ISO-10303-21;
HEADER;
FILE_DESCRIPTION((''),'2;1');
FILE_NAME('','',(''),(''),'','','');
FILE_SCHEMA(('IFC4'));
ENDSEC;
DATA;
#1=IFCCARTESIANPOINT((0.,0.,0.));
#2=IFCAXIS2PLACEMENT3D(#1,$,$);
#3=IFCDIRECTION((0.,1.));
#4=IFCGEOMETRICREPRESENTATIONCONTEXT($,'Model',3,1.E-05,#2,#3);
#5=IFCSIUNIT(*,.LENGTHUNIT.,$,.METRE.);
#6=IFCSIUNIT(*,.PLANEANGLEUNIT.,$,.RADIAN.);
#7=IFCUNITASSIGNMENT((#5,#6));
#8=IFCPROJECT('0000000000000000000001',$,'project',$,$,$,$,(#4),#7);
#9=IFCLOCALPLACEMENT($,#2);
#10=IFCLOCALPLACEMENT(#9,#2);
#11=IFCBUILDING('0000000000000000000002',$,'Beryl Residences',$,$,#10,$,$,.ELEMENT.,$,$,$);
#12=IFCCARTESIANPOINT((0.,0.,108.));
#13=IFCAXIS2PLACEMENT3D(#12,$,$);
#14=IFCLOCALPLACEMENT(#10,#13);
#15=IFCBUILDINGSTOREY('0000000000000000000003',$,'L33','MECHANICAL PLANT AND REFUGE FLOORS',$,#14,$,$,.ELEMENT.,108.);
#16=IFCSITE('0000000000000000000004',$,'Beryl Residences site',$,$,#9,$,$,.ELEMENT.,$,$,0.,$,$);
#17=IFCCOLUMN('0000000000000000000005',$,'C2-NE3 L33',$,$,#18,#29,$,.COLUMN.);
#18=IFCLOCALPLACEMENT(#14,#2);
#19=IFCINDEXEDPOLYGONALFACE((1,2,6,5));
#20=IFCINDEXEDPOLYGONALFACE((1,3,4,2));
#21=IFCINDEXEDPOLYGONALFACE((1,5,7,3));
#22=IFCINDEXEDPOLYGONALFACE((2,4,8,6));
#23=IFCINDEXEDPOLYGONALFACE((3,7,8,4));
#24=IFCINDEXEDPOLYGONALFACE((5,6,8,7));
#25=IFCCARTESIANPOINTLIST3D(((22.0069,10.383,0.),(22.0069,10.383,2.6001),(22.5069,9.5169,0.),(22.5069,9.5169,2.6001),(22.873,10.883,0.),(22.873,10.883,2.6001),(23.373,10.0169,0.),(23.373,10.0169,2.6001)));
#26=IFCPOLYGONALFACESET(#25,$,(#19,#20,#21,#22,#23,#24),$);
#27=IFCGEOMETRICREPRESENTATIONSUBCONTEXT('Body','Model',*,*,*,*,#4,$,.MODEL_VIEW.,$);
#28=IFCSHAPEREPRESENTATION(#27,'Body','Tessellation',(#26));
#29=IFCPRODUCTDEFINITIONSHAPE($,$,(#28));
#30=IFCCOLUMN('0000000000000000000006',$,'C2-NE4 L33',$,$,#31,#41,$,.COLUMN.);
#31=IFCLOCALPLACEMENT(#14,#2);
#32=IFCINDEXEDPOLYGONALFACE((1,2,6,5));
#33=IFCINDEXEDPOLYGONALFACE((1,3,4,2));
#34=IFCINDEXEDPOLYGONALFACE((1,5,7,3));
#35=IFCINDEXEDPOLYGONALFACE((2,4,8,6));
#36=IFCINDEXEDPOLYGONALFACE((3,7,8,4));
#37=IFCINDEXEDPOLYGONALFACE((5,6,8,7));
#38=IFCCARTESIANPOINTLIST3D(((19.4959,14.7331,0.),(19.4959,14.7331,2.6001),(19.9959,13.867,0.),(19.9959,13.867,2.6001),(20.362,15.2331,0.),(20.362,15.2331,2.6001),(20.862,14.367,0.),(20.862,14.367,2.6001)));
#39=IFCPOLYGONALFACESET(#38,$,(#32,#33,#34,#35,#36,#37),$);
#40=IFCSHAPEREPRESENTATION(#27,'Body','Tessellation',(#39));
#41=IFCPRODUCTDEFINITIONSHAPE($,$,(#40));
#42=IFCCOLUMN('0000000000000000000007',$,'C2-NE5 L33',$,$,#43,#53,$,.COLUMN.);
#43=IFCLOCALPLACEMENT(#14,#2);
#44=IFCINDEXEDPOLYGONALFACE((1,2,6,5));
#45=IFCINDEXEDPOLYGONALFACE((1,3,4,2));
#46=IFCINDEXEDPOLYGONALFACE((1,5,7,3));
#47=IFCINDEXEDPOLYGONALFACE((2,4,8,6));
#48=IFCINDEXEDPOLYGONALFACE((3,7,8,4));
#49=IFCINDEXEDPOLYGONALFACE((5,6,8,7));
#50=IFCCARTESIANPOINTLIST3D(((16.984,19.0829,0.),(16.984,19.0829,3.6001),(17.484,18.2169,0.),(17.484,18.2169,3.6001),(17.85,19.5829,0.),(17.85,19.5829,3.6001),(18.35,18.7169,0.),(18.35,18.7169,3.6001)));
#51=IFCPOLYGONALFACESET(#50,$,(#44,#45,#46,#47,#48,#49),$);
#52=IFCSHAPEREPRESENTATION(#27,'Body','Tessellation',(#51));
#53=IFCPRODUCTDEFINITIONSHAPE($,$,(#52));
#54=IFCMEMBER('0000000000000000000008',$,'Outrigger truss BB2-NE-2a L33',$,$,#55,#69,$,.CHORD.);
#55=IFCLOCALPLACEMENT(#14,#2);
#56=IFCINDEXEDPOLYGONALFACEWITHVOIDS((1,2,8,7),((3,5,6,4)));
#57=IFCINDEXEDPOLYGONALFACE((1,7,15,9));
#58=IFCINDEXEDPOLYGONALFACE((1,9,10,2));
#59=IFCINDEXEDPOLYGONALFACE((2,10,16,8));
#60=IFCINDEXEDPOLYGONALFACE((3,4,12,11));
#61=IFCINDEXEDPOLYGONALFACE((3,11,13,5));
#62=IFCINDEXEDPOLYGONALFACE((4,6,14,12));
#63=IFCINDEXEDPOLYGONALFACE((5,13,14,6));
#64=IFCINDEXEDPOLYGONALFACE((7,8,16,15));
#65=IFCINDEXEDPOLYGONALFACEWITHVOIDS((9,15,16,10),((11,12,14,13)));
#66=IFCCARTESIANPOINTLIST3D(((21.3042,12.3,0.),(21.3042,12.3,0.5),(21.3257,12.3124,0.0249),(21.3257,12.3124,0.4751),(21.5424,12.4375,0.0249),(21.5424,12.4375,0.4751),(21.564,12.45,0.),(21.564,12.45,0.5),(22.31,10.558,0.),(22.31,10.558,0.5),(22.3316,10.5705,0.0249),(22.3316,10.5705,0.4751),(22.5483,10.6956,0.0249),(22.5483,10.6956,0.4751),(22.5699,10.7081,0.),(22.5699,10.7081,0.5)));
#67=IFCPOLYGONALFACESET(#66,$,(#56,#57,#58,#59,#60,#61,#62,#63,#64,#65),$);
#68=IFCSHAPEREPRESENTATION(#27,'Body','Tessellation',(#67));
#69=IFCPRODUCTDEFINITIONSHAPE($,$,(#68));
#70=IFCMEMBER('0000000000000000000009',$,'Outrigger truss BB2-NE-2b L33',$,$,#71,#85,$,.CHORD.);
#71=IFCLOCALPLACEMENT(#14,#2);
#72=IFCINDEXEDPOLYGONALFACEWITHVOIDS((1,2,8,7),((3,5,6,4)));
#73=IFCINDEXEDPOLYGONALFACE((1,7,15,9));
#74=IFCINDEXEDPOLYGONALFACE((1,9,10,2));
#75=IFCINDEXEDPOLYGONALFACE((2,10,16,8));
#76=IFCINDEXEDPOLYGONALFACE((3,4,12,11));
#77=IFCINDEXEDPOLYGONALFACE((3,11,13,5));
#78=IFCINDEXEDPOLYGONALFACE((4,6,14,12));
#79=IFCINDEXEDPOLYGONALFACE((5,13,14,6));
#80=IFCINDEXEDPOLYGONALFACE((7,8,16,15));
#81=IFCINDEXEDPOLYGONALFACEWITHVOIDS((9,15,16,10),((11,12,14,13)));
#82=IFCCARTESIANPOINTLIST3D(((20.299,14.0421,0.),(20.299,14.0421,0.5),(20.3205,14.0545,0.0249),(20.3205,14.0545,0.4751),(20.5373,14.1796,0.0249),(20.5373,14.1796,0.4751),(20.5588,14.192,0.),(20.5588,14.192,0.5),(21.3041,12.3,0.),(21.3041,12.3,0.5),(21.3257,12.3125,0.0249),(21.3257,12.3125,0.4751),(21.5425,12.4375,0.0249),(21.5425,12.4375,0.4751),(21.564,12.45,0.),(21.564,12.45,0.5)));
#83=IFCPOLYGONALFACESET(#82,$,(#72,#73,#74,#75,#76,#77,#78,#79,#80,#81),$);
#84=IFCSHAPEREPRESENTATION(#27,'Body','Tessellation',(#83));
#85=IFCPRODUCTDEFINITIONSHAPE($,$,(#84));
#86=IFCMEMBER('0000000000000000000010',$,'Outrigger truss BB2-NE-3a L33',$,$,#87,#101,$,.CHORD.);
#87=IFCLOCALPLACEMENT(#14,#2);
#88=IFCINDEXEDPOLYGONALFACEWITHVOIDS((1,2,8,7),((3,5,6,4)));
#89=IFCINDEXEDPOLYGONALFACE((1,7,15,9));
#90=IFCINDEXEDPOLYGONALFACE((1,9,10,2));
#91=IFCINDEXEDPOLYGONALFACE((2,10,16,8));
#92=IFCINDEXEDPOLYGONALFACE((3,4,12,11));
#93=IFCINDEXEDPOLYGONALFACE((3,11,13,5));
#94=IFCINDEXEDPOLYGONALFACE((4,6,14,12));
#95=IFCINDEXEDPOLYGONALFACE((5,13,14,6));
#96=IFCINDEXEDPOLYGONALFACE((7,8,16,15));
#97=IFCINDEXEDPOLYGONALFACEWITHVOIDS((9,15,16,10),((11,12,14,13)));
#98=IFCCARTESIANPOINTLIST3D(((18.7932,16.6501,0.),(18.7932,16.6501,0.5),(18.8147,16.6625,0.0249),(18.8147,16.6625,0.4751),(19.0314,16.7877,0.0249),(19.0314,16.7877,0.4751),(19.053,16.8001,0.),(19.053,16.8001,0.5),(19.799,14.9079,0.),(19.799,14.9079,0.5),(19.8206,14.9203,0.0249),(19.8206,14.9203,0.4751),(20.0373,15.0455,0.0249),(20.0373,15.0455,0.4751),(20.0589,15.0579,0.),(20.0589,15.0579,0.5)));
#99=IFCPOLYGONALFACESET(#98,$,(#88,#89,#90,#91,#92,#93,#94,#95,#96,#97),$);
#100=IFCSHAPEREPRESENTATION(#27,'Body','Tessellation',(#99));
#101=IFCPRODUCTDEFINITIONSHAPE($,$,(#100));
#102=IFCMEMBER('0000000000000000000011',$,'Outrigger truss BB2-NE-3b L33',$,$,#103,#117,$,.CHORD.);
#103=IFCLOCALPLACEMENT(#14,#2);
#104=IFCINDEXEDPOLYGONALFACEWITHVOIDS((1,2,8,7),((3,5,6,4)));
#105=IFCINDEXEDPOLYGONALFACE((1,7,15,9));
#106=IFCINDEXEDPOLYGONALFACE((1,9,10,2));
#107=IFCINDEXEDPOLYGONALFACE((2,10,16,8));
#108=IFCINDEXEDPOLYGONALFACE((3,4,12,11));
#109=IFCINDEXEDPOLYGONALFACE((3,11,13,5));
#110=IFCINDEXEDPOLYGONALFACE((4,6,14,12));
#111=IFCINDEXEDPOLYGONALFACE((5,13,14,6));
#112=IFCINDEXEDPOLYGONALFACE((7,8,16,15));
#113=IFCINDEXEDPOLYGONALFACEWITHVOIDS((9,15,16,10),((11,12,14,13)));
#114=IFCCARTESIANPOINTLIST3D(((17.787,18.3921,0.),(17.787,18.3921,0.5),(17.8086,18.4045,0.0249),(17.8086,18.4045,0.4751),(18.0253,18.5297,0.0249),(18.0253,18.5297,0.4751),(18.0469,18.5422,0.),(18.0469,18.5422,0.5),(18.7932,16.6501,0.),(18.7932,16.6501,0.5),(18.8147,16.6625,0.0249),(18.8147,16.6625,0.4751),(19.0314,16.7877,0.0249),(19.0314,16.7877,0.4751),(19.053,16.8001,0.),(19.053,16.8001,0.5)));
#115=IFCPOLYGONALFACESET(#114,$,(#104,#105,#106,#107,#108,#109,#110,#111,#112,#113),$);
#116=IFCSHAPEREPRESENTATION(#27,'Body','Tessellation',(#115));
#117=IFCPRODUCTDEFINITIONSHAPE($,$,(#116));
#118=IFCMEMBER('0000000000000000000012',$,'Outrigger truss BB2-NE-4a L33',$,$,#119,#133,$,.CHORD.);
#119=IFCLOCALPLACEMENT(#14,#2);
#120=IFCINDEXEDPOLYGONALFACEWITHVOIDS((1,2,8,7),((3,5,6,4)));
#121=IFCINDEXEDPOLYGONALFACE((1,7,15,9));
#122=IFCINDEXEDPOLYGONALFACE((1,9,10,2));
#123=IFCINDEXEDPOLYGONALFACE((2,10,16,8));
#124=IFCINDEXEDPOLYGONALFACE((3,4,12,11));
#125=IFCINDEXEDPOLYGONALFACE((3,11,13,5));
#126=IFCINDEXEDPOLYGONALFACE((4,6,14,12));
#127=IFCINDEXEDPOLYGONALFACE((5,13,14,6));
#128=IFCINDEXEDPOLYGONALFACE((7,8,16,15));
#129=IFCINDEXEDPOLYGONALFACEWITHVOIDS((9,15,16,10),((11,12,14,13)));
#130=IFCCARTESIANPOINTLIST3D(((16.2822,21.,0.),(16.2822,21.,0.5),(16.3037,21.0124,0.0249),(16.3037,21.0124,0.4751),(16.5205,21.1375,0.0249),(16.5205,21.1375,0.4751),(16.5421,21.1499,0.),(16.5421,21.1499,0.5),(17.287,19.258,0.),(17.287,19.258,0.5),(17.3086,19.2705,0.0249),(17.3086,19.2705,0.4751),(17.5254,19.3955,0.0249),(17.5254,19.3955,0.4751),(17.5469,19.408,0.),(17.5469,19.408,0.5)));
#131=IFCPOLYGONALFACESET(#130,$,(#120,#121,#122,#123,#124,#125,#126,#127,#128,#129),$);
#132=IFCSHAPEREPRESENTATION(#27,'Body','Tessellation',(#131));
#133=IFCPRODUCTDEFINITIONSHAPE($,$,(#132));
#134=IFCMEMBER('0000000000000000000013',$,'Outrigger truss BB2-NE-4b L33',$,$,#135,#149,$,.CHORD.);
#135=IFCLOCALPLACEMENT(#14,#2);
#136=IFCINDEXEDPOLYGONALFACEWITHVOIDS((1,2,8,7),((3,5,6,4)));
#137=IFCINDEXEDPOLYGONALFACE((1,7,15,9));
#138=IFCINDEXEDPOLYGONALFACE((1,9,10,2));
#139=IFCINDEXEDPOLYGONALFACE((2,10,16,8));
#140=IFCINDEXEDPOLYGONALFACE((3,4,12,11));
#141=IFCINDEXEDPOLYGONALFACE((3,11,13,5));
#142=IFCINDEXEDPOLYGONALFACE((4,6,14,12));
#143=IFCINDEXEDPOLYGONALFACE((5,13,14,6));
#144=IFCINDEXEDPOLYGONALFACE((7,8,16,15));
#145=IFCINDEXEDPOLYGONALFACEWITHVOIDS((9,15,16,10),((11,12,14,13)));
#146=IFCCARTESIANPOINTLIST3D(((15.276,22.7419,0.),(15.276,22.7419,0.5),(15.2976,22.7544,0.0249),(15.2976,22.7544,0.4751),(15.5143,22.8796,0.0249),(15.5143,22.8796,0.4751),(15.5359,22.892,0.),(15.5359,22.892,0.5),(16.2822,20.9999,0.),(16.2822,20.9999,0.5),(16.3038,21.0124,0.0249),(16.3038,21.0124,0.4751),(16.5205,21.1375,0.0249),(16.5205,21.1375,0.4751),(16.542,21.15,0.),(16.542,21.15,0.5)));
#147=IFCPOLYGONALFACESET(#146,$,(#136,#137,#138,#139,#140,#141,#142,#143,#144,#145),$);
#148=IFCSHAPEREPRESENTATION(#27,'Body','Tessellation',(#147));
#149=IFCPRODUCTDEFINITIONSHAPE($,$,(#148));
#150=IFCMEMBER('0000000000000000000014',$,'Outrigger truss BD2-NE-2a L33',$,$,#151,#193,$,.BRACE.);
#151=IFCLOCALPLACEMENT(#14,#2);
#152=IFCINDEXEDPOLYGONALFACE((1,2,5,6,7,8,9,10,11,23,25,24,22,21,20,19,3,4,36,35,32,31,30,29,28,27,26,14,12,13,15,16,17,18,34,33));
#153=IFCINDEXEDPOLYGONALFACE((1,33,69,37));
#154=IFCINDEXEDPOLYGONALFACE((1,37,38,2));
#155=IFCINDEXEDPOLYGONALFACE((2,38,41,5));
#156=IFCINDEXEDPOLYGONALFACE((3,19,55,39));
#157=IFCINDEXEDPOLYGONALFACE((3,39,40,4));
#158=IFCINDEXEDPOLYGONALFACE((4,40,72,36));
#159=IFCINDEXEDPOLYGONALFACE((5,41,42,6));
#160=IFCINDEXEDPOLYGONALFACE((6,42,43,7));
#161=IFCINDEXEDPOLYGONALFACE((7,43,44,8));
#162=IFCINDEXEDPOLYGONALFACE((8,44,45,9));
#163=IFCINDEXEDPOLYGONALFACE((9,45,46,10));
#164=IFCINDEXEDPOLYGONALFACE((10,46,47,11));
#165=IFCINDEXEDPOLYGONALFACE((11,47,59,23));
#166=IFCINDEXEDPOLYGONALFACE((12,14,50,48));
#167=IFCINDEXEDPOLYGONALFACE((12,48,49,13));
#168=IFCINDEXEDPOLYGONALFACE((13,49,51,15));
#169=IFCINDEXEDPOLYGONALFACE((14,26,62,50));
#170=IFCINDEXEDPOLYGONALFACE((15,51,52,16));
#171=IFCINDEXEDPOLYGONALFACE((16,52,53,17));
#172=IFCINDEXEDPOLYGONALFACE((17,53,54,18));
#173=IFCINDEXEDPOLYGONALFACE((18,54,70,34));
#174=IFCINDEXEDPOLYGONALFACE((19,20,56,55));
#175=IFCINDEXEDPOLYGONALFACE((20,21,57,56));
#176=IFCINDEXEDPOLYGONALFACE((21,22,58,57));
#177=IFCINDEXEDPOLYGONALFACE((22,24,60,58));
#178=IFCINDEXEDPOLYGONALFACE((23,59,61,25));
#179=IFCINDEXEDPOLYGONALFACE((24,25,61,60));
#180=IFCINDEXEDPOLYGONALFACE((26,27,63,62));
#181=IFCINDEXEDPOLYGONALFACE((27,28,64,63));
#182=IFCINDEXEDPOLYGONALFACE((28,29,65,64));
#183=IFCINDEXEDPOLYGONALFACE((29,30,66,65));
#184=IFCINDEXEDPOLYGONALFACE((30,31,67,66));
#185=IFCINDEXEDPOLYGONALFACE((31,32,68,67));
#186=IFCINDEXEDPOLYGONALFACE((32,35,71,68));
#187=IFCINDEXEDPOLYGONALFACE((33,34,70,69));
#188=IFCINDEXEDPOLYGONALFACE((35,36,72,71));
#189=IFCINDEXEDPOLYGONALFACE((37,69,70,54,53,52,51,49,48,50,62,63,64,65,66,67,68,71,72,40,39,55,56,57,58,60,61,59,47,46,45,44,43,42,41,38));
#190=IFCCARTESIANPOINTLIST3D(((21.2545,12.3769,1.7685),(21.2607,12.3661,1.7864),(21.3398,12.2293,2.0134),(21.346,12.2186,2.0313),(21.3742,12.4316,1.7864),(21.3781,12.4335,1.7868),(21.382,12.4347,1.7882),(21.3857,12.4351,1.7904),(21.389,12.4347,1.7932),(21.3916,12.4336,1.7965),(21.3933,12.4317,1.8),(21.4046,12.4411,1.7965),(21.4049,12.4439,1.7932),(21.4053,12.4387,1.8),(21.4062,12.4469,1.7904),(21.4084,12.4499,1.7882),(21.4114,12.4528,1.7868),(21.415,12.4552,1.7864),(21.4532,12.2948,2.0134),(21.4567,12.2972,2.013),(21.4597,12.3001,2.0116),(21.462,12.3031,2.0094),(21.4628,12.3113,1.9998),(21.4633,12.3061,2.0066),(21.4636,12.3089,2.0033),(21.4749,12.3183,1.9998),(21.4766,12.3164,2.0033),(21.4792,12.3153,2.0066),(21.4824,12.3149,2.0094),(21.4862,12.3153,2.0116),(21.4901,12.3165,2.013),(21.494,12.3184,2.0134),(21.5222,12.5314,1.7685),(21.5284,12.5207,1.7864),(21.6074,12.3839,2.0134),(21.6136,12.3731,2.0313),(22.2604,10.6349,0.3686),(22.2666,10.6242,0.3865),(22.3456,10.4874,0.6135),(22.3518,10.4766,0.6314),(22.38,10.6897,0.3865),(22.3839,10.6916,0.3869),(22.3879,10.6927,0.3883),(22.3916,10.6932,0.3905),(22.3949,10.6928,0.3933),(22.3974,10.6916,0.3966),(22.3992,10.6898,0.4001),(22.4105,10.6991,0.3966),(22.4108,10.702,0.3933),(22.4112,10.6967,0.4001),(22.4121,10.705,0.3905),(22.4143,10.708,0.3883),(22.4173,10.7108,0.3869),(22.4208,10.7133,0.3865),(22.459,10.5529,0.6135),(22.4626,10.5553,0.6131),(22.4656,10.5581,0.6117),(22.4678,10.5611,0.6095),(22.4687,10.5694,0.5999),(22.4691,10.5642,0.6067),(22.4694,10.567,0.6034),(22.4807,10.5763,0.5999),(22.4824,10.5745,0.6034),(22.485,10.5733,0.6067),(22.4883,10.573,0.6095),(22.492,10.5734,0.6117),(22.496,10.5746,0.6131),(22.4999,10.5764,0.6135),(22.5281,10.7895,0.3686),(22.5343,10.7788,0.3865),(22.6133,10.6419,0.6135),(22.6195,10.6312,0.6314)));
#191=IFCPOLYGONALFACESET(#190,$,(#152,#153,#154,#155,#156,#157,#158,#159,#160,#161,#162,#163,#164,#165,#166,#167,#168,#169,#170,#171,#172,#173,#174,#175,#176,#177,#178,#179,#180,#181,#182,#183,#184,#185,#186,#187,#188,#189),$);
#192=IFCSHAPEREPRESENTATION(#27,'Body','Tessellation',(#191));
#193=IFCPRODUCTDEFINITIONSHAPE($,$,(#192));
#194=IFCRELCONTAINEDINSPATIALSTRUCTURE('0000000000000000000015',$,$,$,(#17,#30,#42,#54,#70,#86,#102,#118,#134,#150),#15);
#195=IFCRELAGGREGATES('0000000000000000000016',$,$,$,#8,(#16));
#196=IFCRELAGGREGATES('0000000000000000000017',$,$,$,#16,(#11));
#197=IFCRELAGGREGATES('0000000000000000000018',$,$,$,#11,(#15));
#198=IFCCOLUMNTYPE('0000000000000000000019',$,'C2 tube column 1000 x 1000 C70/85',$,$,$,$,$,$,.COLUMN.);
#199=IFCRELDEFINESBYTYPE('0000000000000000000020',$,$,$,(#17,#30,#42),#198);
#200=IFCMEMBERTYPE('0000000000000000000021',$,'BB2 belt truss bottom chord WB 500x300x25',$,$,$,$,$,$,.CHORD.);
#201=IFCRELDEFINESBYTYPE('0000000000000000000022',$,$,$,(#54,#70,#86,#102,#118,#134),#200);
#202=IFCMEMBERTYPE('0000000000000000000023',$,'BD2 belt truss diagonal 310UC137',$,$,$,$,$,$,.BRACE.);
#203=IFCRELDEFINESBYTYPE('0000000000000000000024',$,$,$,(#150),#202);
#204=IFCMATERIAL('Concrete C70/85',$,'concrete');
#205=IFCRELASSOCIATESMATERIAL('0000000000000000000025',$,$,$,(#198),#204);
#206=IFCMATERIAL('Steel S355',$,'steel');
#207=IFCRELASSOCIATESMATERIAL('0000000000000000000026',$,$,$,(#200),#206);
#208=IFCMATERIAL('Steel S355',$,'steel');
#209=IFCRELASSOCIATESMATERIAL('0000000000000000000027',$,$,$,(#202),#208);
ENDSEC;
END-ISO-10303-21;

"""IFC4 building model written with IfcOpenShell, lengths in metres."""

from ifc_helpers import new_model, si_unit, direction, frame, origin, origin_2d, place, context, subcontext, project, spatial, rectangle, hollow_rectangle, i_section, extrude, material, material_profile, profile_set, type_object, element, save


model = new_model("IFC4")

# Units and contexts
model_context = context("Model", 3, precision=1e-05, world=origin(), true_north=direction((0.0, 1.0)))
body_context = subcontext(model_context, "Body", "Model", "MODEL_VIEW")
ifc_project = project(units=[si_unit("LENGTHUNIT", "METRE"), si_unit("PLANEANGLEUNIT", "RADIAN")], contexts=[model_context])

# Site, building, storey
site_placement = place(None, origin())
site = spatial("IfcSite", under=ifc_project, at=site_placement, Name="Beryl Residences site", CompositionType="ELEMENT", RefElevation=0.0)
building_placement = place(site_placement, origin())
building = spatial("IfcBuilding", under=site, at=building_placement, Name="Beryl Residences", CompositionType="ELEMENT")
storey_placement = place(building_placement, frame((0.0, 0.0, 108.0)))
storey = spatial("IfcBuildingStorey", under=building, at=storey_placement, Name="L33", Description="MECHANICAL PLANT AND REFUGE FLOORS", CompositionType="ELEMENT", Elevation=108.0)

# Columns
ifc_material_1 = material(Name="Concrete C70/85", Category="concrete")
ifc_material_profile_1 = material_profile(ifc_material_1, rectangle(XDim=1.0, YDim=1.0, at=origin_2d()))
ifc_profile_set_1 = profile_set([ifc_material_profile_1], Name="Concrete C70/85")
column_type = type_object("IfcColumnType", Name="C2 tube column 1000 x 1000 C70/85", PredefinedType="COLUMN", material=ifc_profile_set_1)
for number, where, z_axis, x_axis, name in (
    (1, (22.6899, 10.2, 0.0), (0.0, 0.0, 1.0), (-0.5, 0.866025, 0.0), "C2-NE3 L33"),
    (2, (20.179, 14.55, 0.0), (0.0, 0.0, 1.0), (-0.5, 0.866025, 0.0), "C2-NE4 L33"),
):
    element("IfcColumn", number, at=place(storey_placement, frame(where, z_axis=z_axis, x_axis=x_axis)), inside=storey, type_object=column_type, Name=name, PredefinedType="COLUMN", context=body_context, shape_type="SweptSolid", body=[
        extrude(rectangle(XDim=1.0, YDim=1.0, at=origin_2d()), origin(), (0.0, 0.0, 1.0), 2.6001),
    ])
column_placement = place(storey_placement, frame((17.667, 18.8999, 0.0), z_axis=(0.0, 0.0, 1.0), x_axis=(-0.5, 0.866025, 0.0)))
element("IfcColumn", 3, at=column_placement, inside=storey, type_object=column_type, Name="C2-NE5 L33", PredefinedType="COLUMN", context=body_context, shape_type="SweptSolid", body=[
    extrude(rectangle(XDim=1.0, YDim=1.0, at=origin_2d()), origin(), (0.0, 0.0, 1.0), 3.6001),
])

# Members
ifc_material_2 = material(Name="Steel S355", Category="steel")
ifc_material_profile_2 = material_profile(ifc_material_2, hollow_rectangle(XDim=0.3, YDim=0.5, WallThickness=0.0249, at=origin_2d()))
ifc_profile_set_2 = profile_set([ifc_material_profile_2], Name="Steel S355")
member_type_1 = type_object("IfcMemberType", Name="BB2 belt truss bottom chord WB 500x300x25", PredefinedType="CHORD", material=ifc_profile_set_2)
member_1_placement = place(storey_placement, frame((22.4399, 10.6331, 0.25), z_axis=(-0.500055, 0.865994, 0.0), x_axis=(-0.865994, -0.500055, 0.0)))
element("IfcMember", 4, at=member_1_placement, inside=storey, type_object=member_type_1, Name="Outrigger truss BB2-NE-2a L33", PredefinedType="CHORD", context=body_context, shape_type="SweptSolid", body=[
    extrude(hollow_rectangle(XDim=0.3, YDim=0.5, WallThickness=0.0249, at=origin_2d()), origin(), (0.0, 0.0, 1.0), 2.0115),
])
member_2_placement = place(storey_placement, frame((21.4341, 12.375, 0.25), z_axis=(-0.499782, 0.866151, 0.0), x_axis=(-0.866151, -0.499782, 0.0)))
element("IfcMember", 5, at=member_2_placement, inside=storey, type_object=member_type_1, Name="Outrigger truss BB2-NE-2b L33", PredefinedType="CHORD", context=body_context, shape_type="SweptSolid", body=[
    extrude(hollow_rectangle(XDim=0.3, YDim=0.5, WallThickness=0.0249, at=origin_2d()), origin(), (0.0, 0.0, 1.0), 2.0112),
])
for number, where, z_axis, x_axis, name in (
    (6, (19.929, 14.9829, 0.25), (-0.500003, 0.866024, 0.0), (-0.866024, -0.500003, 0.0), "Outrigger truss BB2-NE-3a L33"),
    (7, (18.9231, 16.7251, 0.25), (-0.500146, 0.865941, 0.0), (-0.865941, -0.500146, 0.0), "Outrigger truss BB2-NE-3b L33"),
):
    element("IfcMember", number, at=place(storey_placement, frame(where, z_axis=z_axis, x_axis=x_axis)), inside=storey, type_object=member_type_1, Name=name, PredefinedType="CHORD", context=body_context, shape_type="SweptSolid", body=[
        extrude(hollow_rectangle(XDim=0.3, YDim=0.5, WallThickness=0.0249, at=origin_2d()), origin(), (0.0, 0.0, 1.0), 2.0117),
    ])
member_3_placement = place(storey_placement, frame((17.417, 19.333, 0.25), z_axis=(-0.499691, 0.866204, 0.0), x_axis=(-0.866204, -0.499691, 0.0)))
element("IfcMember", 8, at=member_3_placement, inside=storey, type_object=member_type_1, Name="Outrigger truss BB2-NE-4a L33", PredefinedType="CHORD", context=body_context, shape_type="SweptSolid", body=[
    extrude(hollow_rectangle(XDim=0.3, YDim=0.5, WallThickness=0.0249, at=origin_2d()), origin(), (0.0, 0.0, 1.0), 2.011),
])
member_4_placement = place(storey_placement, frame((16.4121, 21.075, 0.25), z_axis=(-0.500146, 0.865941, 0.0), x_axis=(-0.865941, -0.500146, 0.0)))
element("IfcMember", 9, at=member_4_placement, inside=storey, type_object=member_type_1, Name="Outrigger truss BB2-NE-4b L33", PredefinedType="CHORD", context=body_context, shape_type="SweptSolid", body=[
    extrude(hollow_rectangle(XDim=0.3, YDim=0.5, WallThickness=0.0249, at=origin_2d()), origin(), (0.0, 0.0, 1.0), 2.0117),
])
ifc_material_3 = material(Name="Steel S355", Category="steel")
ifc_material_profile_3 = material_profile(ifc_material_3, i_section(OverallWidth=0.3091, OverallDepth=0.3201, WebThickness=0.0139, FlangeThickness=0.0217, FilletRadius=0.0166, at=origin_2d()))
ifc_profile_set_3 = profile_set([ifc_material_profile_3], Name="Steel S355")
member_type_2 = type_object("IfcMemberType", Name="BD2 belt truss diagonal 310UC137", PredefinedType="BRACE", material=ifc_profile_set_3)
member_5_placement = place(storey_placement, frame((22.4399, 10.6331, 0.5), z_axis=(-0.41044, 0.710799, 0.57123), x_axis=(-0.865994, -0.500055, 0.0)))
element("IfcMember", 10, at=member_5_placement, inside=storey, type_object=member_type_2, Name="Outrigger truss BD2-NE-2a L33", PredefinedType="BRACE", context=body_context, shape_type="SweptSolid", body=[
    extrude(i_section(OverallWidth=0.3091, OverallDepth=0.3201, WebThickness=0.0139, FlangeThickness=0.0217, FilletRadius=0.0166, at=origin_2d()), origin(), (0.0, 0.0, 1.0), 2.4507),
])

save(model, "model.ifc")
